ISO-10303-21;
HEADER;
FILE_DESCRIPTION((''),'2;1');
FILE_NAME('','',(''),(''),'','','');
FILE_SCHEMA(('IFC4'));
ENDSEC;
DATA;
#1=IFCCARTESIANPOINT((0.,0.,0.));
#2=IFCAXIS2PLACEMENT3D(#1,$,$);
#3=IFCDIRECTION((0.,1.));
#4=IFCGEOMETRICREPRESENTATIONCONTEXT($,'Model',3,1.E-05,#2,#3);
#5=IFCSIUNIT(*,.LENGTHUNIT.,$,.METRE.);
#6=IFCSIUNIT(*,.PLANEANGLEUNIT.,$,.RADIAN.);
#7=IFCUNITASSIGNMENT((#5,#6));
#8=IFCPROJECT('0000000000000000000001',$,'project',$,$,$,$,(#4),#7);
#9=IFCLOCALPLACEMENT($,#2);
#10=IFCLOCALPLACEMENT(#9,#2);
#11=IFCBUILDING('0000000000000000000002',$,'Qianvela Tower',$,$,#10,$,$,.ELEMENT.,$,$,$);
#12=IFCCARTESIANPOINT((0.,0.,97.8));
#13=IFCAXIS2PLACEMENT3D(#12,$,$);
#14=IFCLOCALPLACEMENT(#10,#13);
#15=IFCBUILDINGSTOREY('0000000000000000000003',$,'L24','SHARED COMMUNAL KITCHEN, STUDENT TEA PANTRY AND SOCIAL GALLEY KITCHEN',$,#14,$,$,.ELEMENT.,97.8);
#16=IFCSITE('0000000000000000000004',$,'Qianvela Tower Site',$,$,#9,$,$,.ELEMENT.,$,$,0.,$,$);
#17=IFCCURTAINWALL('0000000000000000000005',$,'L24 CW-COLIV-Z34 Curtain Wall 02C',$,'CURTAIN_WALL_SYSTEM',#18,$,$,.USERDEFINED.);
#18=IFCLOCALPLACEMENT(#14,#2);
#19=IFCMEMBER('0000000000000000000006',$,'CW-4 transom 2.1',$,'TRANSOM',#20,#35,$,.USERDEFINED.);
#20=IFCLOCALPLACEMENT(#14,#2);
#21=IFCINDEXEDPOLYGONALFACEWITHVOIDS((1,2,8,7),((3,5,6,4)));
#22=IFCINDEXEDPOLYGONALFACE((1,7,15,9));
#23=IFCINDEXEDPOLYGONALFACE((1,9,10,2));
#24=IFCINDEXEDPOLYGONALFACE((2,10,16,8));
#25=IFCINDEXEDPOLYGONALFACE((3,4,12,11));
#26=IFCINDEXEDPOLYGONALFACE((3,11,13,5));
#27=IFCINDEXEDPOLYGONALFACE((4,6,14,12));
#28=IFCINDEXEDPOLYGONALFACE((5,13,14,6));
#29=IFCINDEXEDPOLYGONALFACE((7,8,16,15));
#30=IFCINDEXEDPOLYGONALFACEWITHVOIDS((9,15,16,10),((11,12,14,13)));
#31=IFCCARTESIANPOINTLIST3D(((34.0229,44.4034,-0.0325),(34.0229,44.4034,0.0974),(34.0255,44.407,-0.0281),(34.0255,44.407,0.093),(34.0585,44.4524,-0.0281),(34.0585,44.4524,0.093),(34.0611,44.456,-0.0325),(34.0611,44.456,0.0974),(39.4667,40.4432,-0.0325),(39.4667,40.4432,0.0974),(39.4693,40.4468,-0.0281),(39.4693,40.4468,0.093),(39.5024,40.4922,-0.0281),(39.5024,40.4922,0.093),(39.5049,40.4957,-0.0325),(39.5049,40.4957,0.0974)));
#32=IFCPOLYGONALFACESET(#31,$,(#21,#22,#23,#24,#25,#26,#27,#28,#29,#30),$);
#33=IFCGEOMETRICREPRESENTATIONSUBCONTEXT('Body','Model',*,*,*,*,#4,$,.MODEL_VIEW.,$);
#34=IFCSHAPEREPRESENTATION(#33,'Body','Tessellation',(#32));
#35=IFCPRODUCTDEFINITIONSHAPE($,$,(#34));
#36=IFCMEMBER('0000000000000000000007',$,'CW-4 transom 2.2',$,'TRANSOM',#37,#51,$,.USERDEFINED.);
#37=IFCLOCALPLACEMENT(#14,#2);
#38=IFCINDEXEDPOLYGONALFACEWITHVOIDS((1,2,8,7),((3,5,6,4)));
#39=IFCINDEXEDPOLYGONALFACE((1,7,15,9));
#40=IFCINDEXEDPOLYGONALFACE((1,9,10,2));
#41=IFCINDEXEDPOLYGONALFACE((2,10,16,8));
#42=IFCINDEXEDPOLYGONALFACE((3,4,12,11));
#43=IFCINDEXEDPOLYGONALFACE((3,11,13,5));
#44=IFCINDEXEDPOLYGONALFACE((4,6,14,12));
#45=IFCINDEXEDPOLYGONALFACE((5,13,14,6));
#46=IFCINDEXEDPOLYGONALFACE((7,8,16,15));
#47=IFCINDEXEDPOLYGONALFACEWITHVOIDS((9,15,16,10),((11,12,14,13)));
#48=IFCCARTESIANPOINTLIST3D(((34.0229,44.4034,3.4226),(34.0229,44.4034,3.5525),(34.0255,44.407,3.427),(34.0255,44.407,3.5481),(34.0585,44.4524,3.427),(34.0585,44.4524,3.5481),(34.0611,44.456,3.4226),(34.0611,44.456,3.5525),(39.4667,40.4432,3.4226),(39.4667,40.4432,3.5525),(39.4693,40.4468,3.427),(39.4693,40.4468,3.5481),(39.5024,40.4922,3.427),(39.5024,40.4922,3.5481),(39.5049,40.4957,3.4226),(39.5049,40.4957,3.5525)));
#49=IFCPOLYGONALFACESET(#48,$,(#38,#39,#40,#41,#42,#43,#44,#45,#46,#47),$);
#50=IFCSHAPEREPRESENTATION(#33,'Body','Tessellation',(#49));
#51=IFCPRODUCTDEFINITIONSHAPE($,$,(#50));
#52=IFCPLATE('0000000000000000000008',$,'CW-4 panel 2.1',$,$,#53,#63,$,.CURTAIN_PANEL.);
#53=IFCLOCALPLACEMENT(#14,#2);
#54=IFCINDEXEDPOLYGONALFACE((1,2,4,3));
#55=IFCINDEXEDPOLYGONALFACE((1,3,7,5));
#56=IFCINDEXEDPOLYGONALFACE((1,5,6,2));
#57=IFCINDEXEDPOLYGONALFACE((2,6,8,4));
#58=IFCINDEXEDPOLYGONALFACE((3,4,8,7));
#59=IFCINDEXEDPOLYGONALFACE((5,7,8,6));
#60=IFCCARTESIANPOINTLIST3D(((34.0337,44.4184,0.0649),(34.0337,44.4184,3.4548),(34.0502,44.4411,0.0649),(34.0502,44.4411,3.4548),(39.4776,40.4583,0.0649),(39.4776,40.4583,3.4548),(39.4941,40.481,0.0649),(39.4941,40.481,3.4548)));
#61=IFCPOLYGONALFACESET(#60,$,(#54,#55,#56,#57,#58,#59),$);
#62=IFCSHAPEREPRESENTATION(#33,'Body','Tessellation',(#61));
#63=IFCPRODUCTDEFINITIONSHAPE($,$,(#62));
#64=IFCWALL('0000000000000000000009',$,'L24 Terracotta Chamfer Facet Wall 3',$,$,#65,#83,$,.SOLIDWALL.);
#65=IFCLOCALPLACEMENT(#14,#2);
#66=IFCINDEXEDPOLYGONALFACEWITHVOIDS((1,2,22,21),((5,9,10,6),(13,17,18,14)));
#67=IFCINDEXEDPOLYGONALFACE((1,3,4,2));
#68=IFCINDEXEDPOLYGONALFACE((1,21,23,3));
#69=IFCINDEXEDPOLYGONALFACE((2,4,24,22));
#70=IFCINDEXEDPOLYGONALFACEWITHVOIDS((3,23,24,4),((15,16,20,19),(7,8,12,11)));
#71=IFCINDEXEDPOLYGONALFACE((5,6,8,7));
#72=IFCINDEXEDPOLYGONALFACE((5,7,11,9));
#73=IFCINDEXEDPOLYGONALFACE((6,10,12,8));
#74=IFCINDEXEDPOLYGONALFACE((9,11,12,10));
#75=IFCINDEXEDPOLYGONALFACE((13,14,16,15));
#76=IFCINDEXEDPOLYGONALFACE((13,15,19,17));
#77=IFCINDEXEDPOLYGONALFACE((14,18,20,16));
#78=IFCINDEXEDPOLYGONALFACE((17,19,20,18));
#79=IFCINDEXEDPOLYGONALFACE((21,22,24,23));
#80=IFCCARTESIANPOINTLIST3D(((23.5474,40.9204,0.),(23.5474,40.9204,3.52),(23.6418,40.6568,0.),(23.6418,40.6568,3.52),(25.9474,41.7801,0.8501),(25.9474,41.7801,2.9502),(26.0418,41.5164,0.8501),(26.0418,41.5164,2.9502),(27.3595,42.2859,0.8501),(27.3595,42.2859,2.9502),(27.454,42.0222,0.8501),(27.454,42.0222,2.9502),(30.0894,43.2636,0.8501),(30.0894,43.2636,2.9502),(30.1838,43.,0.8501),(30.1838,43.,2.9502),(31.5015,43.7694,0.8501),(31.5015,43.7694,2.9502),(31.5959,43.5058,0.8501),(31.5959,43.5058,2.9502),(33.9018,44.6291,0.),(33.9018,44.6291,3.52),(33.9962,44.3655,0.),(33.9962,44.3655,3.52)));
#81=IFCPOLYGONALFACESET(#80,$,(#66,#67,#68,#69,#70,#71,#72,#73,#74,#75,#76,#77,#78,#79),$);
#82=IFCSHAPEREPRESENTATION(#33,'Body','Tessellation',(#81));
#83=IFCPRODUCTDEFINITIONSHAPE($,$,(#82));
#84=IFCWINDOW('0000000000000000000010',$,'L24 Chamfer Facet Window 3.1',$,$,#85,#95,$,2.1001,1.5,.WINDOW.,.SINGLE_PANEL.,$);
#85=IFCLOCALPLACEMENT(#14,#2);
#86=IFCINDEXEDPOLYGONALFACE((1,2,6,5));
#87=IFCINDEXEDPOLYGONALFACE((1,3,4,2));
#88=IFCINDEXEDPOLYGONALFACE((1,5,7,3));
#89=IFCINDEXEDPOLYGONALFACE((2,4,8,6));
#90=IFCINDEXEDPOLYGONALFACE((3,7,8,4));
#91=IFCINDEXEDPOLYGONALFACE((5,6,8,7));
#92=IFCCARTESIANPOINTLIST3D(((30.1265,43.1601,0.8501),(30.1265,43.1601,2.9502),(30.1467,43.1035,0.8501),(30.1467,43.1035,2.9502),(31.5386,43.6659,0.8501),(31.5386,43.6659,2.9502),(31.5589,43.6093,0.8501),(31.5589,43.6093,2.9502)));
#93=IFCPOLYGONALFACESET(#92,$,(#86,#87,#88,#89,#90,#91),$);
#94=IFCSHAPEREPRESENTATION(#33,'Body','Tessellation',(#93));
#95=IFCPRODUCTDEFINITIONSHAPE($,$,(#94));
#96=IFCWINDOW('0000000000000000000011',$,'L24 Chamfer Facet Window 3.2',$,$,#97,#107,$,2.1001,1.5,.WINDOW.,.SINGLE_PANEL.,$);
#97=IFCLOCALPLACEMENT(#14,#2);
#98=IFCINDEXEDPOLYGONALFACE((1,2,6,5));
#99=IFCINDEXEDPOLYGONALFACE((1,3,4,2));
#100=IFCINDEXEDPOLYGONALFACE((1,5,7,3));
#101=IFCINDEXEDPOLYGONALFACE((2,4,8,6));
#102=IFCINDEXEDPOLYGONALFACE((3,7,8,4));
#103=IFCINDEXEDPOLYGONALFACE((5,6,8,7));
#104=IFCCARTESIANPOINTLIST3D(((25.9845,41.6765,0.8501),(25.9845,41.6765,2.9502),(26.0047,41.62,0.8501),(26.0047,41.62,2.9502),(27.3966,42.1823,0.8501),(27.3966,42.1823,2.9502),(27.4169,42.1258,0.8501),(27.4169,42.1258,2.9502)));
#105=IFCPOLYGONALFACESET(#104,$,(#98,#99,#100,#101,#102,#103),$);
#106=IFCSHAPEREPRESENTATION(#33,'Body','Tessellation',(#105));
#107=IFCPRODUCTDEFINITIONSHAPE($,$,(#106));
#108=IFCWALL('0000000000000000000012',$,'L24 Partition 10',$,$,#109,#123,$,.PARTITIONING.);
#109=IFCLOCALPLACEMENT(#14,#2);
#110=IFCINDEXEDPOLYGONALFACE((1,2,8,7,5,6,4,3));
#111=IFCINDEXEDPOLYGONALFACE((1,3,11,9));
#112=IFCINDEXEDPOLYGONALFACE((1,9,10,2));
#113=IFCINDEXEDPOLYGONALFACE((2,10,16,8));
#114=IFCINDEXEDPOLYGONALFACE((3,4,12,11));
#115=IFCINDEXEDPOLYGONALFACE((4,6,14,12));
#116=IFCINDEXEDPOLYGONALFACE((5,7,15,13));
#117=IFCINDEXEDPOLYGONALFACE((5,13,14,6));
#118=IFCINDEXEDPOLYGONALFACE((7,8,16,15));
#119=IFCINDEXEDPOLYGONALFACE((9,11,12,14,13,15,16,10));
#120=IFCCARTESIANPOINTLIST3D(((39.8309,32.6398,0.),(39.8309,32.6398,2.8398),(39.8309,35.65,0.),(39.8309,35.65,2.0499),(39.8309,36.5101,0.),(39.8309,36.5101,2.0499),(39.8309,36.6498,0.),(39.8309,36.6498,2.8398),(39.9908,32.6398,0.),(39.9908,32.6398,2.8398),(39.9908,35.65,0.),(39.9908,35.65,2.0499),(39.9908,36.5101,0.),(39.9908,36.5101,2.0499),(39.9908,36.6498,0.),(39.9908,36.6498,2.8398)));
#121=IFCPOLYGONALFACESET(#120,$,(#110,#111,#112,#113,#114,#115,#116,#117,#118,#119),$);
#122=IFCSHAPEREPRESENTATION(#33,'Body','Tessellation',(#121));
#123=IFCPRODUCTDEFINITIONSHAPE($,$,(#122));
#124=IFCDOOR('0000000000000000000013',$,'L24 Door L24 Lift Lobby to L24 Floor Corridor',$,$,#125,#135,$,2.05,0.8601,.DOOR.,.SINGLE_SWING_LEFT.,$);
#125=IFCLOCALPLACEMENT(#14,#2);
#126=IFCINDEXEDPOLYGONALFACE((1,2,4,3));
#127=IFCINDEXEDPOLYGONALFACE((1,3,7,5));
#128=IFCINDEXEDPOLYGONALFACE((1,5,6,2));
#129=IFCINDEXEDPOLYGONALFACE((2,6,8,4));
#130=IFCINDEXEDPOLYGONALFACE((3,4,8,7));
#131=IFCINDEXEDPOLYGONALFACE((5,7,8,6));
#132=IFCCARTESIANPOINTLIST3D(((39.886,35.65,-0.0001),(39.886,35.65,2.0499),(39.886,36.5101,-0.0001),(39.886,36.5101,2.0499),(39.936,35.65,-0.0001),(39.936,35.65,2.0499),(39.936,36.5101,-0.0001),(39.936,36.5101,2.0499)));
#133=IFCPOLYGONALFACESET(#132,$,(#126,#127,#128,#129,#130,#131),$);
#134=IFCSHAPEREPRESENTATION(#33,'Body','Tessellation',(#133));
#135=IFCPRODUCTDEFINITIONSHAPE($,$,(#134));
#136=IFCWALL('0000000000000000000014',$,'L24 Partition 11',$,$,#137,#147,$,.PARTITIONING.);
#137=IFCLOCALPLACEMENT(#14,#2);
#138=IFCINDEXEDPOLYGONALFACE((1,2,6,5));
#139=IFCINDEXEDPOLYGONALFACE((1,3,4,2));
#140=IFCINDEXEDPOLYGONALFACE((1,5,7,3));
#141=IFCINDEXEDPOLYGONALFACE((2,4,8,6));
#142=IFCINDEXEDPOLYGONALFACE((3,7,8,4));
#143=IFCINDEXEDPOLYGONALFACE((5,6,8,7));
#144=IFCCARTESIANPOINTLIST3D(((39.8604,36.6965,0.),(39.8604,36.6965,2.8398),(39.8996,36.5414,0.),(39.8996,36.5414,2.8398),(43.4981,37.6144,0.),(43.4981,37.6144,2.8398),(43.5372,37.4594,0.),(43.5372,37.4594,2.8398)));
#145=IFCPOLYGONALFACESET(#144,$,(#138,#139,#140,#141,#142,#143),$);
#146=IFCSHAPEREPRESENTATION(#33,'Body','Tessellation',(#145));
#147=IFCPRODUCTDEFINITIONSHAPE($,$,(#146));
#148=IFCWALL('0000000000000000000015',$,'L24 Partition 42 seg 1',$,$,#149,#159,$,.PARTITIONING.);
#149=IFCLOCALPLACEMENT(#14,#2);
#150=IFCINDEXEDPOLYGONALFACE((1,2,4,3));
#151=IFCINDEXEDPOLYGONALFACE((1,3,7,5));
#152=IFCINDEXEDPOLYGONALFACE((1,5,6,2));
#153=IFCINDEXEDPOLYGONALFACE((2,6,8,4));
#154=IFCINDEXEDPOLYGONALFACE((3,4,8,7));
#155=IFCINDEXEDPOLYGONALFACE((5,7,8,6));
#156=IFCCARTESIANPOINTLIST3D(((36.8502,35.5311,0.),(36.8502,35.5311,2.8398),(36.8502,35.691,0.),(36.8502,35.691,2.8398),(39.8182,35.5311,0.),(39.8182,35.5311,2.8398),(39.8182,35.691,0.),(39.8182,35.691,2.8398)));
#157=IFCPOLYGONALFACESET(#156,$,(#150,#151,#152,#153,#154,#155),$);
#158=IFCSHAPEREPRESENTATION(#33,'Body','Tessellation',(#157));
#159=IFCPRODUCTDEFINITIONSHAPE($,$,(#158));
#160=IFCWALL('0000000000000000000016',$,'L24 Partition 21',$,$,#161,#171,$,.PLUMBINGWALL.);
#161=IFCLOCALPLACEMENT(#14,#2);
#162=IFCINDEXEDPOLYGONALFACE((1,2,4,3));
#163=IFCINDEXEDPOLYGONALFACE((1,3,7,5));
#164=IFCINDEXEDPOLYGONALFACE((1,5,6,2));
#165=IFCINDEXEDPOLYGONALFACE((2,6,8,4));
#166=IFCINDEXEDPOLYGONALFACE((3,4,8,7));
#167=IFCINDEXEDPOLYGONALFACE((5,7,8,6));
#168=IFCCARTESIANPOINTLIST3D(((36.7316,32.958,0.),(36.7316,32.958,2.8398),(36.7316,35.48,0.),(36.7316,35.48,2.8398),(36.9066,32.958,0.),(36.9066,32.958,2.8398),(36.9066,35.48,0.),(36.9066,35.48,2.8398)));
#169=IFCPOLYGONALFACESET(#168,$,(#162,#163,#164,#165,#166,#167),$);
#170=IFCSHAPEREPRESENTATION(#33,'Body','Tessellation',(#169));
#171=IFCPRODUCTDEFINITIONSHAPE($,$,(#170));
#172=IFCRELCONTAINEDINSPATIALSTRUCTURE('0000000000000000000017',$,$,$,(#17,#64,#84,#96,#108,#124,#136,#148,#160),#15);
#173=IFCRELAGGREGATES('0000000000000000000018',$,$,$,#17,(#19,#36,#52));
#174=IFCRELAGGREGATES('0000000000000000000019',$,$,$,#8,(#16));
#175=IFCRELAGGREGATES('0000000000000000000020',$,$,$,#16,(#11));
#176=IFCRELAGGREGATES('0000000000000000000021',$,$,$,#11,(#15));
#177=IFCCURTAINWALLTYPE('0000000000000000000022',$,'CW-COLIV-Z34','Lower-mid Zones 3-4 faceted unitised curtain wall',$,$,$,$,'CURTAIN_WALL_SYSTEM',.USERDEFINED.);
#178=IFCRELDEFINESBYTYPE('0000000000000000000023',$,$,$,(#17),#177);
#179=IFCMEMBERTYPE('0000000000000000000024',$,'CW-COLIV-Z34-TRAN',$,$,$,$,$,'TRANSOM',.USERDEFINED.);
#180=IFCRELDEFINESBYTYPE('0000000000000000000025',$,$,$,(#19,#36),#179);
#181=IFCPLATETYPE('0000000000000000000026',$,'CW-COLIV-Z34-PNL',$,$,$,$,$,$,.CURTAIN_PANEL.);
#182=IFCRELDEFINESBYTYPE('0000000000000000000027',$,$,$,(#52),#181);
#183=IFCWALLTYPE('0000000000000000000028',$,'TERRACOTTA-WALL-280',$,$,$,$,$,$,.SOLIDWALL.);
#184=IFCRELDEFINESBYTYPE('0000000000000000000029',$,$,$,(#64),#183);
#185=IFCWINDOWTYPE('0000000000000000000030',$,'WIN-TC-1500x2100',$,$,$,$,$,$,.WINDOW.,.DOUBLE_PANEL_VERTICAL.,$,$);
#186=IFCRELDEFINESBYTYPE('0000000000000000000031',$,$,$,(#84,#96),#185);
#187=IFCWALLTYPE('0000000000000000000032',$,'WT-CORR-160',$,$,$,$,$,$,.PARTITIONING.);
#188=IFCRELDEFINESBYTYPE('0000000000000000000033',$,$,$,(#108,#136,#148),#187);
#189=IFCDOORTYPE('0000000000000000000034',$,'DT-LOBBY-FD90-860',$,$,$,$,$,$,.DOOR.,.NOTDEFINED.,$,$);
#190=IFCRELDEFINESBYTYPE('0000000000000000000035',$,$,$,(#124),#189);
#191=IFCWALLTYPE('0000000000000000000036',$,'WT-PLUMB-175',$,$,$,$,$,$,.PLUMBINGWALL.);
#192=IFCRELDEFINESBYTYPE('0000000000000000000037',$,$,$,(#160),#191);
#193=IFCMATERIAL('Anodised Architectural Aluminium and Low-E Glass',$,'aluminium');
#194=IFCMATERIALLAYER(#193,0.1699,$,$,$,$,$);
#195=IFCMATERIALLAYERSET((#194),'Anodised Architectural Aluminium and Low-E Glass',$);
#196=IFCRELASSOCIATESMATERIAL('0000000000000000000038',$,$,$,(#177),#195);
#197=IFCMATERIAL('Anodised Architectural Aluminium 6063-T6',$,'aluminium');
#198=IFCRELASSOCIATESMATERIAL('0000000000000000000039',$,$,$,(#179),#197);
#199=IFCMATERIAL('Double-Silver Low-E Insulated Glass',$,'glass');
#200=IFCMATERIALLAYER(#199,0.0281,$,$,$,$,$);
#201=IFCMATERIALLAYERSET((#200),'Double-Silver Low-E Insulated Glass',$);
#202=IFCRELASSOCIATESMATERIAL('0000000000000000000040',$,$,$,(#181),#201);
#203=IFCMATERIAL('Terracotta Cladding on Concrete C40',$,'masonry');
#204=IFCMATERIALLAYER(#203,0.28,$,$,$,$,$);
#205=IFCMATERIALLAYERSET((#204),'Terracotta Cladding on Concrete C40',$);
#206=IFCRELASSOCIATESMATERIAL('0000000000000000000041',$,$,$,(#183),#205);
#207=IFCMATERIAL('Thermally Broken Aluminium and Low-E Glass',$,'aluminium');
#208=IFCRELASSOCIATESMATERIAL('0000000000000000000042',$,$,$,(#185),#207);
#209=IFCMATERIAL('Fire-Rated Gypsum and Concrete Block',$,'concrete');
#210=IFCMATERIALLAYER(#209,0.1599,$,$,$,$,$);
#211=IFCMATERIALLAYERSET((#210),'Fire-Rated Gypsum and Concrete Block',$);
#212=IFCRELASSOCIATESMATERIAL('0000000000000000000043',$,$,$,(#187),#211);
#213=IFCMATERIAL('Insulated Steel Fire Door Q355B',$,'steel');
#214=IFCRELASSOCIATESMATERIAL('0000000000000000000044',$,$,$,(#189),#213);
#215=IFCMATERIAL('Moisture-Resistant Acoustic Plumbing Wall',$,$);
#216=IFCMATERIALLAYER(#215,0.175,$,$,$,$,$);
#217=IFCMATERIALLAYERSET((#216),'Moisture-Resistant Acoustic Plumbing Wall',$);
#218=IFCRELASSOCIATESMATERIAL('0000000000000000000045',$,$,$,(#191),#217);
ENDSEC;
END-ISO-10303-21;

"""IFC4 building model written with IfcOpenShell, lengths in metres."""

from ifc_helpers import new_model, si_unit, direction, frame, frame_2d, origin, origin_2d, place, context, subcontext, project, spatial, rectangle, hollow_rectangle, extrude, material, layer, layer_set, material_profile, profile_set, type_object, element, fill, aggregate, save


model = new_model("IFC4")

# Units and contexts
model_context = context("Model", 3, precision=1e-05, world=origin(), true_north=direction((0.0, 1.0)))
body_context = subcontext(model_context, "Body", "Model", "MODEL_VIEW")
ifc_project = project(units=[si_unit("LENGTHUNIT", "METRE"), si_unit("PLANEANGLEUNIT", "RADIAN")], contexts=[model_context])

# Site, building, storey
site_placement = place(None, origin())
site = spatial("IfcSite", under=ifc_project, at=site_placement, Name="Qianvela Tower Site", CompositionType="ELEMENT", RefElevation=0.0)
building_placement = place(site_placement, origin())
building = spatial("IfcBuilding", under=site, at=building_placement, Name="Qianvela Tower", CompositionType="ELEMENT")
storey_placement = place(building_placement, frame((0.0, 0.0, 97.8)))
storey = spatial("IfcBuildingStorey", under=building, at=storey_placement, Name="L24", Description="SHARED COMMUNAL KITCHEN, STUDENT TEA PANTRY AND SOCIAL GALLEY KITCHEN", CompositionType="ELEMENT", Elevation=97.8)

# Curtain wall, members, plate
ifc_material_1 = material(Name="Anodised Architectural Aluminium and Low-E Glass", Category="aluminium")
ifc_layer_1 = layer(ifc_material_1, 0.1699)
ifc_layer_set_1 = layer_set([ifc_layer_1], Name="Anodised Architectural Aluminium and Low-E Glass")
curtain_wall_type = type_object("IfcCurtainWallType", Name="CW-COLIV-Z34", Description="Lower-mid Zones 3-4 faceted unitised curtain wall", ElementType="CURTAIN_WALL_SYSTEM", PredefinedType="USERDEFINED", material=ifc_layer_set_1)
curtain_wall_placement = place(storey_placement, origin())
curtain_wall = element("IfcCurtainWall", 1, at=curtain_wall_placement, inside=storey, type_object=curtain_wall_type, Name="L24 CW-COLIV-Z34 Curtain Wall 02C", ObjectType="CURTAIN_WALL_SYSTEM", PredefinedType="USERDEFINED")
ifc_material_2 = material(Name="Anodised Architectural Aluminium 6063-T6", Category="aluminium")
ifc_material_profile_1 = material_profile(ifc_material_2, hollow_rectangle(XDim=0.0649, YDim=0.1299, WallThickness=0.0044, at=origin_2d()), Name="ALU-TRAN-65x130")
ifc_profile_set_1 = profile_set([ifc_material_profile_1], Name="Anodised Architectural Aluminium 6063-T6")
member_type_1 = type_object("IfcMemberType", Name="CW-COLIV-Z34-TRAN", ElementType="TRANSOM", PredefinedType="USERDEFINED", material=ifc_profile_set_1)
member_1_placement = place(storey_placement, frame((39.4858, 40.4695, 0.0325), z_axis=(-0.808662, 0.588273, 0.0), x_axis=(-0.588273, -0.808662, 0.0)))
member_1 = element("IfcMember", 2, at=member_1_placement, type_object=member_type_1, Name="CW-4 transom 2.1", ObjectType="TRANSOM", PredefinedType="USERDEFINED", context=body_context, shape_type="SweptSolid", body=[
    extrude(hollow_rectangle(XDim=0.0649, YDim=0.1299, WallThickness=0.0044, at=origin_2d()), origin(), (0.0, 0.0, 1.0), 6.7319),
])
member_2_placement = place(storey_placement, frame((39.4858, 40.4695, 3.4875), z_axis=(-0.808662, 0.588273, 0.0), x_axis=(-0.588273, -0.808662, 0.0)))
member_2 = element("IfcMember", 3, at=member_2_placement, type_object=member_type_1, Name="CW-4 transom 2.2", ObjectType="TRANSOM", PredefinedType="USERDEFINED", context=body_context, shape_type="SweptSolid", body=[
    extrude(hollow_rectangle(XDim=0.0649, YDim=0.1299, WallThickness=0.0044, at=origin_2d()), origin(), (0.0, 0.0, 1.0), 6.7319),
])
ifc_material_3 = material(Name="Double-Silver Low-E Insulated Glass", Category="glass")
ifc_layer_2 = layer(ifc_material_3, 0.0281)
ifc_layer_set_2 = layer_set([ifc_layer_2], Name="Double-Silver Low-E Insulated Glass")
plate_type = type_object("IfcPlateType", Name="CW-COLIV-Z34-PNL", PredefinedType="CURTAIN_PANEL", material=ifc_layer_set_2)
plate_placement = place(storey_placement, frame((36.7639, 42.4497, 0.0649), z_axis=(0.0, 0.0, 1.0), x_axis=(-0.808676, 0.588255, 0.0)))
plate = element("IfcPlate", 4, at=plate_placement, type_object=plate_type, Name="CW-4 panel 2.1", PredefinedType="CURTAIN_PANEL", context=body_context, shape_type="SweptSolid", body=[
    extrude(rectangle(XDim=6.7319, YDim=0.0281, at=origin_2d()), origin(), (0.0, 0.0, 1.0), 3.3899),
])
aggregate(curtain_wall, [member_1, member_2, plate])

# Wall, openings, windows
ifc_material_4 = material(Name="Terracotta Cladding on Concrete C40", Category="masonry")
ifc_layer_3 = layer(ifc_material_4, 0.28)
ifc_layer_set_3 = layer_set([ifc_layer_3], Name="Terracotta Cladding on Concrete C40")
wall_type_1 = type_object("IfcWallType", Name="TERRACOTTA-WALL-280", PredefinedType="SOLIDWALL", material=ifc_layer_set_3)
wall_1_placement = place(storey_placement, frame((33.949, 44.4973, 0.0), z_axis=(0.0, 0.0, 1.0), x_axis=(-0.941433, -0.3372, 0.0)))
wall_1 = element("IfcWall", 5, at=wall_1_placement, inside=storey, type_object=wall_type_1, Name="L24 Terracotta Chamfer Facet Wall 3", PredefinedType="SOLIDWALL", context=body_context, shape_type="SweptSolid", body=[
    extrude(rectangle(XDim=10.9985, YDim=0.28, at=frame_2d((5.4993, 0.0))), origin(), (0.0, 0.0, 1.0), 3.52),
])
opening_1_placement = place(wall_1_placement, frame((2.5496, 0.0, 0.8501)))
opening_1 = element("IfcOpeningElement", 6, at=opening_1_placement, cuts=wall_1, PredefinedType="OPENING", context=body_context, shape_type="SweptSolid", body=[
    extrude(rectangle(XDim=1.5, YDim=2.1001, at=frame_2d((0.75, 1.05))), frame((0.0, 0.1499, 0.0), z_axis=(0.0, -1.0, 0.0), x_axis=(1.0, 0.0, 0.0)), (0.0, 0.0, 1.0), 0.3),
])
opening_2_placement = place(wall_1_placement, frame((6.9492, 0.0, 0.8501)))
opening_2 = element("IfcOpeningElement", 7, at=opening_2_placement, cuts=wall_1, PredefinedType="OPENING", context=body_context, shape_type="SweptSolid", body=[
    extrude(rectangle(XDim=1.5, YDim=2.1001, at=frame_2d((0.75, 1.05))), frame((0.0, 0.1499, 0.0), z_axis=(0.0, -1.0, 0.0), x_axis=(1.0, 0.0, 0.0)), (0.0, 0.0, 1.0), 0.3),
])
ifc_material_5 = material(Name="Thermally Broken Aluminium and Low-E Glass", Category="aluminium")
window_type = type_object("IfcWindowType", Name="WIN-TC-1500x2100", PartitioningType="DOUBLE_PANEL_VERTICAL", PredefinedType="WINDOW", material=ifc_material_5)
window_1_placement = place(opening_1_placement, origin())
window_1 = element("IfcWindow", 8, at=window_1_placement, inside=storey, type_object=window_type, Name="L24 Chamfer Facet Window 3.1", OverallHeight=2.1001, OverallWidth=1.5, PartitioningType="SINGLE_PANEL", PredefinedType="WINDOW", context=body_context, shape_type="SweptSolid", body=[
    extrude(rectangle(XDim=1.5, YDim=2.1001, at=frame_2d((0.75, 1.05))), frame((0.0, 0.03, 0.0), z_axis=(0.0, -1.0, 0.0), x_axis=(1.0, 0.0, 0.0)), (0.0, 0.0, 1.0), 0.0601),
])
fill(opening_1, window_1)
window_2_placement = place(opening_2_placement, origin())
window_2 = element("IfcWindow", 9, at=window_2_placement, inside=storey, type_object=window_type, Name="L24 Chamfer Facet Window 3.2", OverallHeight=2.1001, OverallWidth=1.5, PartitioningType="SINGLE_PANEL", PredefinedType="WINDOW", context=body_context, shape_type="SweptSolid", body=[
    extrude(rectangle(XDim=1.5, YDim=2.1001, at=frame_2d((0.75, 1.05))), frame((0.0, 0.03, 0.0), z_axis=(0.0, -1.0, 0.0), x_axis=(1.0, 0.0, 0.0)), (0.0, 0.0, 1.0), 0.0601),
])
fill(opening_2, window_2)

# Wall, opening, door
ifc_material_6 = material(Name="Fire-Rated Gypsum and Concrete Block", Category="concrete")
ifc_layer_4 = layer(ifc_material_6, 0.1599)
ifc_layer_set_4 = layer_set([ifc_layer_4], Name="Fire-Rated Gypsum and Concrete Block")
wall_type_2 = type_object("IfcWallType", Name="WT-CORR-160", PredefinedType="PARTITIONING", material=ifc_layer_set_4)
wall_2_placement = place(storey_placement, frame((39.9109, 32.6399, 0.0), z_axis=(0.0, 0.0, 1.0), x_axis=(0.0, 1.0, 0.0)))
wall_2 = element("IfcWall", 10, at=wall_2_placement, inside=storey, type_object=wall_type_2, Name="L24 Partition 10", PredefinedType="PARTITIONING", context=body_context, shape_type="SweptSolid", body=[
    extrude(rectangle(XDim=4.01, YDim=0.1599, at=frame_2d((2.0049, 0.0))), origin(), (0.0, 0.0, 1.0), 2.8398),
])
opening_3_placement = place(wall_2_placement, frame((3.01, 0.0, 0.0)))
opening_3 = element("IfcOpeningElement", 11, at=opening_3_placement, cuts=wall_2, PredefinedType="OPENING", context=body_context, shape_type="SweptSolid", body=[
    extrude(rectangle(XDim=0.8601, YDim=2.05, at=frame_2d((0.4302, 1.0249))), frame((0.0, 0.0898, 0.0), z_axis=(0.0, -1.0, 0.0), x_axis=(1.0, 0.0, 0.0)), (0.0, 0.0, 1.0), 0.1799),
])
ifc_material_7 = material(Name="Insulated Steel Fire Door Q355B", Category="steel")
door_type_1 = type_object("IfcDoorType", Name="DT-LOBBY-FD90-860", OperationType="NOTDEFINED", PredefinedType="DOOR", material=ifc_material_7)
door_1_placement = place(opening_3_placement, origin())
door_1 = element("IfcDoor", 12, at=door_1_placement, inside=storey, type_object=door_type_1, Name="L24 Door L24 Lift Lobby to L24 Floor Corridor", OperationType="SINGLE_SWING_LEFT", OverallHeight=2.05, OverallWidth=0.8601, PredefinedType="DOOR", context=body_context, shape_type="SweptSolid", body=[
    extrude(rectangle(XDim=0.8601, YDim=2.05, at=frame_2d((0.4302, 1.0249))), frame((0.0, 0.0249, 0.0), z_axis=(0.0, -1.0, 0.0), x_axis=(1.0, 0.0, 0.0)), (0.0, 0.0, 1.0), 0.05),
])
fill(opening_3, door_1)

# Walls
wall_3_placement = place(storey_placement, frame((39.8799, 36.6189, 0.0), z_axis=(0.0, 0.0, 1.0), x_axis=(0.969604, 0.244679, 0.0)))
element("IfcWall", 13, at=wall_3_placement, inside=storey, type_object=wall_type_2, Name="L24 Partition 11", PredefinedType="PARTITIONING", context=body_context, shape_type="SweptSolid", body=[
    extrude(rectangle(XDim=3.7517, YDim=0.1599, at=frame_2d((1.876, 0.0))), origin(), (0.0, 0.0, 1.0), 2.8398),
])
wall_4_placement = place(storey_placement, frame((39.8181, 35.6111, 0.0), z_axis=(0.0, 0.0, 1.0), x_axis=(-1.0, 0.0, 0.0)))
element("IfcWall", 14, at=wall_4_placement, inside=storey, type_object=wall_type_2, Name="L24 Partition 42 seg 1", PredefinedType="PARTITIONING", context=body_context, shape_type="SweptSolid", body=[
    extrude(rectangle(XDim=2.968, YDim=0.1599, at=frame_2d((1.4839, 0.0))), origin(), (0.0, 0.0, 1.0), 2.8398),
])
ifc_material_8 = material(Name="Moisture-Resistant Acoustic Plumbing Wall")
ifc_layer_5 = layer(ifc_material_8, 0.175)
ifc_layer_set_5 = layer_set([ifc_layer_5], Name="Moisture-Resistant Acoustic Plumbing Wall")
wall_type_3 = type_object("IfcWallType", Name="WT-PLUMB-175", PredefinedType="PLUMBINGWALL", material=ifc_layer_set_5)
wall_5_placement = place(storey_placement, frame((36.8191, 35.48, 0.0), z_axis=(0.0, 0.0, 1.0), x_axis=(0.0, -1.0, 0.0)))
element("IfcWall", 15, at=wall_5_placement, inside=storey, type_object=wall_type_3, Name="L24 Partition 21", PredefinedType="PLUMBINGWALL", context=body_context, shape_type="SweptSolid", body=[
    extrude(rectangle(XDim=2.522, YDim=0.175, at=frame_2d((1.261, 0.0))), origin(), (0.0, 0.0, 1.0), 2.8398),
])

save(model, "model.ifc")
